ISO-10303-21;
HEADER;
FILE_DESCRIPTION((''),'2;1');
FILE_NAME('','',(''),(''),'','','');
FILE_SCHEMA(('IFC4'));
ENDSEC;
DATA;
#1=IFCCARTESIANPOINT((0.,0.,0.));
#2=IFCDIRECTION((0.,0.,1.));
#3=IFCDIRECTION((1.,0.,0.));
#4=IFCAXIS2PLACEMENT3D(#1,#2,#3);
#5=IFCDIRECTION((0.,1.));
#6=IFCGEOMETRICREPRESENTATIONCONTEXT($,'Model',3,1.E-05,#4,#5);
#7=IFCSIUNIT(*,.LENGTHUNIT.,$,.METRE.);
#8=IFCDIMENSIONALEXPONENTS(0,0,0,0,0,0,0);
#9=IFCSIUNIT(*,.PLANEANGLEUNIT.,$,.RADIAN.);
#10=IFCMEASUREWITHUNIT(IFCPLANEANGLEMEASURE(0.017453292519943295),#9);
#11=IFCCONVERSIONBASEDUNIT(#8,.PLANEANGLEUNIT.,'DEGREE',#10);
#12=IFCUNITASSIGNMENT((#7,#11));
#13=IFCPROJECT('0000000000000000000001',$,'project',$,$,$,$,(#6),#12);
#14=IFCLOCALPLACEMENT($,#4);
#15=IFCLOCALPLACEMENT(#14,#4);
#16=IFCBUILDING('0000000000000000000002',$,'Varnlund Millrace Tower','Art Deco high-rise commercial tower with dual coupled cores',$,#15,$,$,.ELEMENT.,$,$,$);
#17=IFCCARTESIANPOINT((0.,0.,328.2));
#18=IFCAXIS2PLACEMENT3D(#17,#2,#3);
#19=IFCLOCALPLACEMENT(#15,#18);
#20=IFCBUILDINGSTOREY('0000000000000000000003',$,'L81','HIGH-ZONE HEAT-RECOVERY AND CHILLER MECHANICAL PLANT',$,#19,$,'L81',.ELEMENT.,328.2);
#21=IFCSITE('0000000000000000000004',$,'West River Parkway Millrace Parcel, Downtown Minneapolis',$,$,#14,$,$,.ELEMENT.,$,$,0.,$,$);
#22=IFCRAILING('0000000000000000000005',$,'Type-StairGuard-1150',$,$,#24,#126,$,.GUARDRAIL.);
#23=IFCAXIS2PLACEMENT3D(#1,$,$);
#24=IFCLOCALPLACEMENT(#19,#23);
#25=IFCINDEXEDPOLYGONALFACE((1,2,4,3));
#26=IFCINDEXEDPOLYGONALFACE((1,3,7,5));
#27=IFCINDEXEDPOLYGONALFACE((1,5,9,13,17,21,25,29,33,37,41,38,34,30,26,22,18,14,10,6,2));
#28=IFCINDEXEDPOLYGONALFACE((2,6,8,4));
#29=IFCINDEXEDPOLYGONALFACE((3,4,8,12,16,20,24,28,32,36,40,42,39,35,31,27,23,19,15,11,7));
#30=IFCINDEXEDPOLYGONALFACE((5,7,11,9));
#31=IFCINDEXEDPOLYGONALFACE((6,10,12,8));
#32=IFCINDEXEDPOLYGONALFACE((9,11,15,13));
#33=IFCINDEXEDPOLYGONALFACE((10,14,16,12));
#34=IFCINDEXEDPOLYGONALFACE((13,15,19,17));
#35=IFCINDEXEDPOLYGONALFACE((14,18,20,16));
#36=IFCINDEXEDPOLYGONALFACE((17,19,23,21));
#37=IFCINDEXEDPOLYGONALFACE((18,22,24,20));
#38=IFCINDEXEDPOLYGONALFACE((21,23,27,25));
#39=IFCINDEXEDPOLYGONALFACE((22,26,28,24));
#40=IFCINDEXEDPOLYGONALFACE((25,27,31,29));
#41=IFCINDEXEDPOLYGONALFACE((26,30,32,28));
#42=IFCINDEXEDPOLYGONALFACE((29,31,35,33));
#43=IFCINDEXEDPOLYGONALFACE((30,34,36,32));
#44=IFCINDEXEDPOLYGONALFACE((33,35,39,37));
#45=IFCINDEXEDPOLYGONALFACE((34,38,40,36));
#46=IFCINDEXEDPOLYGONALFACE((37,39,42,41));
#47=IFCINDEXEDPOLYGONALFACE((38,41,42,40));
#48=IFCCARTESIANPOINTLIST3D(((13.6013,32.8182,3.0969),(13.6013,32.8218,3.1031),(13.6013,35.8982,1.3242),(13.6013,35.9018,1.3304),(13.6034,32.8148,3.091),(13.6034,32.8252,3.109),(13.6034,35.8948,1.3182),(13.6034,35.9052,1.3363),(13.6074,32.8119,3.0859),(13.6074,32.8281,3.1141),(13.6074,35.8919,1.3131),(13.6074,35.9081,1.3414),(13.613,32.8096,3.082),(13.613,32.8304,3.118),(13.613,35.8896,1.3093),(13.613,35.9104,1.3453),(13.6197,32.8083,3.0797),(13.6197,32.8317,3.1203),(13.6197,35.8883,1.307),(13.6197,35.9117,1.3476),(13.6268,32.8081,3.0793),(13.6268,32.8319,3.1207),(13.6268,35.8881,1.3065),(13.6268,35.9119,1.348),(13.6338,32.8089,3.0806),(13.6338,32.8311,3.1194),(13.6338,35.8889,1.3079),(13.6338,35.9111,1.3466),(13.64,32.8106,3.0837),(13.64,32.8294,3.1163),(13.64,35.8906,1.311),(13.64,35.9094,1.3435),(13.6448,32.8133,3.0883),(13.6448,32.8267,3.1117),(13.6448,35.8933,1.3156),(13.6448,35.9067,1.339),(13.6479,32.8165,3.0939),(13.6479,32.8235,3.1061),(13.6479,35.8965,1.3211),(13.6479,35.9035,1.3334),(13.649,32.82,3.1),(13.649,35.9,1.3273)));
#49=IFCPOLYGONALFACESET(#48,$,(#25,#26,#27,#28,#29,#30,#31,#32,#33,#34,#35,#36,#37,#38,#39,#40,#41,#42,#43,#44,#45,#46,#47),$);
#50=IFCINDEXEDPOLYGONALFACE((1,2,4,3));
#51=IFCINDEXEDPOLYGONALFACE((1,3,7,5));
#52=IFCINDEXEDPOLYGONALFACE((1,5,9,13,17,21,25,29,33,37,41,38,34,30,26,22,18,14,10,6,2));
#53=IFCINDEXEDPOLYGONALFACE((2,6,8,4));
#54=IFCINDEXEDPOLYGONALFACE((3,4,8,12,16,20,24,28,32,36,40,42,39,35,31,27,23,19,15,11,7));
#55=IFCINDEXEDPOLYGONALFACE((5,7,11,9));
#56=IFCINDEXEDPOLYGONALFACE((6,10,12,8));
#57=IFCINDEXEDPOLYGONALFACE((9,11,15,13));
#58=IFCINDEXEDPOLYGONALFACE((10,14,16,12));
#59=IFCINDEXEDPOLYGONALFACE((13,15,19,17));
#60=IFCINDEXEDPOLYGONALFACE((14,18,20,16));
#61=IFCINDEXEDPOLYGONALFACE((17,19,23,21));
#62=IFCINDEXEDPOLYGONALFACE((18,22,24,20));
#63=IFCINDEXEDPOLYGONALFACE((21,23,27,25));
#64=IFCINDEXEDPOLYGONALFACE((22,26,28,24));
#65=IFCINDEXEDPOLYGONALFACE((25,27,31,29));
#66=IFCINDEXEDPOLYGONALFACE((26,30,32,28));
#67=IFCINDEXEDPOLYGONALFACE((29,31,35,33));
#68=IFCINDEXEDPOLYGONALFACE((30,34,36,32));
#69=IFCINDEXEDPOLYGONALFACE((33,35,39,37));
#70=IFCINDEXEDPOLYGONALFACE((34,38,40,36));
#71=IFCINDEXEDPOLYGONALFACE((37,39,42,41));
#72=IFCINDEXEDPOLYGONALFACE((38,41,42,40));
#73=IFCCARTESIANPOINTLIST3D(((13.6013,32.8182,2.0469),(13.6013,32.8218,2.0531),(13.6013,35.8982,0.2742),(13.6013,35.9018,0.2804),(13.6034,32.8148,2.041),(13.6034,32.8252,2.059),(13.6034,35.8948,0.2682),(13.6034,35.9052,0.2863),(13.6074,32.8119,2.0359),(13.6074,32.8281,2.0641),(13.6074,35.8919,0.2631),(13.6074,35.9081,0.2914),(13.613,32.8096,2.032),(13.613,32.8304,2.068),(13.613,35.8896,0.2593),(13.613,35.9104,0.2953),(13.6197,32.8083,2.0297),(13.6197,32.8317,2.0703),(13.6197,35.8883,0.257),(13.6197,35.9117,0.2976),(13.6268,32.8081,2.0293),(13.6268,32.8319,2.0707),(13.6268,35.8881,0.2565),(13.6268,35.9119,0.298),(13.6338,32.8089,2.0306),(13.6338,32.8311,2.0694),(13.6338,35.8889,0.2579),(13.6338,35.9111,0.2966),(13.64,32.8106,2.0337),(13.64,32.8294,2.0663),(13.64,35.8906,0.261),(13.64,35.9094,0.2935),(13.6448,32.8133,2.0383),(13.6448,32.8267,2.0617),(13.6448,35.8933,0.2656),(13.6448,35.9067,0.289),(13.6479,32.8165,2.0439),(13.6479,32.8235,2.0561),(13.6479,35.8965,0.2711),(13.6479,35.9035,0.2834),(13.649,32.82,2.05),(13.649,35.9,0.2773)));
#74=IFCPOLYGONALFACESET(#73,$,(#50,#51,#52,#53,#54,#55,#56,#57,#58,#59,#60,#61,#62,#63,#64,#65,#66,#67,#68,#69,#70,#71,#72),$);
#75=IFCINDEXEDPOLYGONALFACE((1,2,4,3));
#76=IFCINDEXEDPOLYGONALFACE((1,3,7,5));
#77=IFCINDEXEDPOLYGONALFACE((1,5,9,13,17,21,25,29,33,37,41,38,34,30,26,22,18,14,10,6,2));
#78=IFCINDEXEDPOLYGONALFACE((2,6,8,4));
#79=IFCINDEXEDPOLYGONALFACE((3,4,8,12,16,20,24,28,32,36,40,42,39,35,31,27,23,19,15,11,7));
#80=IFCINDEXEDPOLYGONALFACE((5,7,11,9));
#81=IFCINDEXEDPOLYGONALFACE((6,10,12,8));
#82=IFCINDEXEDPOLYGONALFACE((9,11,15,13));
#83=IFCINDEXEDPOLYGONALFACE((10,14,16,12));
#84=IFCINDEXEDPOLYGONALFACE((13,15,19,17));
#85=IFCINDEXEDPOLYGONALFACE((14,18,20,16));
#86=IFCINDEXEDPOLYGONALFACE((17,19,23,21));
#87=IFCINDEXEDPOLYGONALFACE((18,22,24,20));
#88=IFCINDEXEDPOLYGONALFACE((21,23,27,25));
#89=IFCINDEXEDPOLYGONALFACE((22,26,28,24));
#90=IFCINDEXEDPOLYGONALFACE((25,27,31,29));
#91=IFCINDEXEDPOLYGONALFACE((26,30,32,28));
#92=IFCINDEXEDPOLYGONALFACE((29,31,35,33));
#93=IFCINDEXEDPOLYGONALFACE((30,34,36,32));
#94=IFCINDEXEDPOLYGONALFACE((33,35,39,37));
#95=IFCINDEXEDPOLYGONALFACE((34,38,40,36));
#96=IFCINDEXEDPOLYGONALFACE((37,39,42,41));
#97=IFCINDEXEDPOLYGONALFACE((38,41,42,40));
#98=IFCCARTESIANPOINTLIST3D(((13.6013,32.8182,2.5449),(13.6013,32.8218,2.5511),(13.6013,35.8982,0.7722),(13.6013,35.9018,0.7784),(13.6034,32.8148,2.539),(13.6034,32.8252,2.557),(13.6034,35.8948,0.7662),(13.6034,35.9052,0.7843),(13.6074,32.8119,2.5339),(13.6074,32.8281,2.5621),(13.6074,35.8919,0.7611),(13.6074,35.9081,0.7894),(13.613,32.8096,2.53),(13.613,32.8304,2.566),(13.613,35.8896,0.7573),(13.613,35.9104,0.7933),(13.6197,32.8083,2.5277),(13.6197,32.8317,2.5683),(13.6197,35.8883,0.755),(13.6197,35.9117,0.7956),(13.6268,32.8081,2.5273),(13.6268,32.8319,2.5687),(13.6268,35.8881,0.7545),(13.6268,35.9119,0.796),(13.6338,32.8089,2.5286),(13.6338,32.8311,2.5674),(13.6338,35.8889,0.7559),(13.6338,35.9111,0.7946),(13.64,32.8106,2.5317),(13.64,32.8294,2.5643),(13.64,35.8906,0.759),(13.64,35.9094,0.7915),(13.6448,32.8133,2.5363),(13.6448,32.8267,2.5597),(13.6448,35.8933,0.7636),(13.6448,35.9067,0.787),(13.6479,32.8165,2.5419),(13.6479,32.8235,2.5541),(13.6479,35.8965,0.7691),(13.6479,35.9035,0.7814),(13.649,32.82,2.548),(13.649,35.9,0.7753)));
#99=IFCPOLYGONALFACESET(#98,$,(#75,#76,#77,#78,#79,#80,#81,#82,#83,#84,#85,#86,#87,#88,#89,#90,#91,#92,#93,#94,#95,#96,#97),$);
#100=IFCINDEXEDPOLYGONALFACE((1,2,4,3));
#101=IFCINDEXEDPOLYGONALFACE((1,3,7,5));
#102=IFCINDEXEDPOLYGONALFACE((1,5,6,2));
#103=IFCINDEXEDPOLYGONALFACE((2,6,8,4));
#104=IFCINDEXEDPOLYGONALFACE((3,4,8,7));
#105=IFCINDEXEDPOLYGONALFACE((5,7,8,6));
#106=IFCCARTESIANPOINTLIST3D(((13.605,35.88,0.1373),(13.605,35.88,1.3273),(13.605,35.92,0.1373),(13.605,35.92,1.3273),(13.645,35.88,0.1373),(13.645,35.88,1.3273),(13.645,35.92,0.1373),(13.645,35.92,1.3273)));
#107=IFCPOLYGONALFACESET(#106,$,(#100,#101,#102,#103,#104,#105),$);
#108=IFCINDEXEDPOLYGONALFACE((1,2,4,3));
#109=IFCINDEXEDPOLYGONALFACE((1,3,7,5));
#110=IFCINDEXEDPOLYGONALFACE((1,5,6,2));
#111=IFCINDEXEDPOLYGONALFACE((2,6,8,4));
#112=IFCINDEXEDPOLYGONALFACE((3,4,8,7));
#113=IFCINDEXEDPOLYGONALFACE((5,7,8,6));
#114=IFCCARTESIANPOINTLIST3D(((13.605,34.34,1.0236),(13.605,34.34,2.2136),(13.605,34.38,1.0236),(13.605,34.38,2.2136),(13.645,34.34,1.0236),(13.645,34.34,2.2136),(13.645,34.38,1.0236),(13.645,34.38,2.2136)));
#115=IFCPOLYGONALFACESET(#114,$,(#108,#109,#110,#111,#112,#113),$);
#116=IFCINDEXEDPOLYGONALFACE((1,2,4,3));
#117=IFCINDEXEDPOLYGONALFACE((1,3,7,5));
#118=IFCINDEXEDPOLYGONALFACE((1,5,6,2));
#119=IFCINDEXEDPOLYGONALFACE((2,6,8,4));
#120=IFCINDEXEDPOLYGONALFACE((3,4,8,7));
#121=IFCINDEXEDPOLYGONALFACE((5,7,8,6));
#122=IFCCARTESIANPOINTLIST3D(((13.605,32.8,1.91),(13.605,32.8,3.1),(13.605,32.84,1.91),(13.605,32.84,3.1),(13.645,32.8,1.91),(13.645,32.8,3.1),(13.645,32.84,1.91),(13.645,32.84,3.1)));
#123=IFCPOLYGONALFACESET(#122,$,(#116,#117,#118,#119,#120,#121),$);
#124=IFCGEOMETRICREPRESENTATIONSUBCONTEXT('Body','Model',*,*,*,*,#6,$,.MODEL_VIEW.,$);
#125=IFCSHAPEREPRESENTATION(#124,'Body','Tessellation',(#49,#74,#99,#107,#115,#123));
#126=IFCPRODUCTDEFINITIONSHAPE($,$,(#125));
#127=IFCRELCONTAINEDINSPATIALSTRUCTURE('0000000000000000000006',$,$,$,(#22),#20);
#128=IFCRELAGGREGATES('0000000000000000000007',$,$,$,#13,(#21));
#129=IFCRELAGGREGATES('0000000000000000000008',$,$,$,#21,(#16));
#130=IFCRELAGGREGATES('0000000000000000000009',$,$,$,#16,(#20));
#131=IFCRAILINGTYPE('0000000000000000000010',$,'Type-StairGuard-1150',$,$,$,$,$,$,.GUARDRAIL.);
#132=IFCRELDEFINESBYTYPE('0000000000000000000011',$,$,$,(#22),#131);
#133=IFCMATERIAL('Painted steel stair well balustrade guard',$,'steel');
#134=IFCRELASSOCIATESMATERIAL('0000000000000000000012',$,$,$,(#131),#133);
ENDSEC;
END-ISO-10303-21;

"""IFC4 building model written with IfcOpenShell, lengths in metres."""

from ifc_helpers import new_model, entity, si_unit, converted_unit, direction, frame, origin_with_axes, origin_2d_with_axis, place, context, subcontext, project, spatial, rectangle, circle, extrude, material, type_object, element, save


model = new_model("IFC4")

# Units and contexts
model_context = context("Model", 3, precision=1e-05, world=origin_with_axes(), true_north=direction((0.0, 1.0)))
body_context = subcontext(model_context, "Body", "Model", "MODEL_VIEW")
ifc_project = project(units=[si_unit("LENGTHUNIT", "METRE"), converted_unit("PLANEANGLEUNIT", "DEGREE", entity("IfcPlaneAngleMeasure", 0.017453292519943295), si_unit("PLANEANGLEUNIT", "RADIAN"), dimensions=[0, 0, 0, 0, 0, 0, 0])], contexts=[model_context])

# Site, building, storey
site_placement = place(None, origin_with_axes())
site = spatial("IfcSite", under=ifc_project, at=site_placement, Name="West River Parkway Millrace Parcel, Downtown Minneapolis", CompositionType="ELEMENT", RefElevation=0.0)
building_placement = place(site_placement, origin_with_axes())
building = spatial("IfcBuilding", under=site, at=building_placement, Name="Varnlund Millrace Tower", Description="Art Deco high-rise commercial tower with dual coupled cores", CompositionType="ELEMENT")
storey_placement = place(building_placement, frame((0.0, 0.0, 328.2), z_axis=(0.0, 0.0, 1.0), x_axis=(1.0, 0.0, 0.0)))
storey = spatial("IfcBuildingStorey", under=building, at=storey_placement, Name="L81", Description="HIGH-ZONE HEAT-RECOVERY AND CHILLER MECHANICAL PLANT", LongName="L81", CompositionType="ELEMENT", Elevation=328.2)

# Railing
ifc_material_1 = material(Name="Painted steel stair well balustrade guard", Category="steel")
railing_type_1 = type_object("IfcRailingType", Name="Type-StairGuard-1150", PredefinedType="GUARDRAIL", material=ifc_material_1)
railing_1_placement = place(storey_placement, frame((0.0, 0.0, -328.2), z_axis=(0.0, 0.0, 1.0), x_axis=(1.0, 0.0, 0.0)))
element("IfcRailing", 1, at=railing_1_placement, inside=storey, type_object=railing_type_1, Name="Type-StairGuard-1150", PredefinedType="GUARDRAIL", context=body_context, shape_type="SweptSolid", body=[
    extrude(circle(Radius=0.024, at=origin_2d_with_axis()), frame((13.625, 35.9, 329.5273), z_axis=(0.0, -0.866696, 0.498836), x_axis=(1.0, 0.0, 0.0)), (0.0, 0.0, 1.0), 3.5537),
    extrude(circle(Radius=0.024, at=origin_2d_with_axis()), frame((13.625, 35.9, 328.4773), z_axis=(0.0, -0.866696, 0.498836), x_axis=(1.0, 0.0, 0.0)), (0.0, 0.0, 1.0), 3.5537),
    extrude(circle(Radius=0.024, at=origin_2d_with_axis()), frame((13.625, 35.9, 328.9753), z_axis=(0.0, -0.866696, 0.498836), x_axis=(1.0, 0.0, 0.0)), (0.0, 0.0, 1.0), 3.5537),
    extrude(rectangle(XDim=0.04, YDim=0.04, at=origin_2d_with_axis()), frame((13.625, 35.9, 328.3373), z_axis=(0.0, 0.0, 1.0), x_axis=(1.0, 0.0, 0.0)), (0.0, 0.0, 1.0), 1.19),
    extrude(rectangle(XDim=0.04, YDim=0.04, at=origin_2d_with_axis()), frame((13.625, 34.36, 329.2236), z_axis=(0.0, 0.0, 1.0), x_axis=(1.0, 0.0, 0.0)), (0.0, 0.0, 1.0), 1.19),
    extrude(rectangle(XDim=0.04, YDim=0.04, at=origin_2d_with_axis()), frame((13.625, 32.82, 330.11), z_axis=(0.0, 0.0, 1.0), x_axis=(1.0, 0.0, 0.0)), (0.0, 0.0, 1.0), 1.19),
])

save(model, "model.ifc")
